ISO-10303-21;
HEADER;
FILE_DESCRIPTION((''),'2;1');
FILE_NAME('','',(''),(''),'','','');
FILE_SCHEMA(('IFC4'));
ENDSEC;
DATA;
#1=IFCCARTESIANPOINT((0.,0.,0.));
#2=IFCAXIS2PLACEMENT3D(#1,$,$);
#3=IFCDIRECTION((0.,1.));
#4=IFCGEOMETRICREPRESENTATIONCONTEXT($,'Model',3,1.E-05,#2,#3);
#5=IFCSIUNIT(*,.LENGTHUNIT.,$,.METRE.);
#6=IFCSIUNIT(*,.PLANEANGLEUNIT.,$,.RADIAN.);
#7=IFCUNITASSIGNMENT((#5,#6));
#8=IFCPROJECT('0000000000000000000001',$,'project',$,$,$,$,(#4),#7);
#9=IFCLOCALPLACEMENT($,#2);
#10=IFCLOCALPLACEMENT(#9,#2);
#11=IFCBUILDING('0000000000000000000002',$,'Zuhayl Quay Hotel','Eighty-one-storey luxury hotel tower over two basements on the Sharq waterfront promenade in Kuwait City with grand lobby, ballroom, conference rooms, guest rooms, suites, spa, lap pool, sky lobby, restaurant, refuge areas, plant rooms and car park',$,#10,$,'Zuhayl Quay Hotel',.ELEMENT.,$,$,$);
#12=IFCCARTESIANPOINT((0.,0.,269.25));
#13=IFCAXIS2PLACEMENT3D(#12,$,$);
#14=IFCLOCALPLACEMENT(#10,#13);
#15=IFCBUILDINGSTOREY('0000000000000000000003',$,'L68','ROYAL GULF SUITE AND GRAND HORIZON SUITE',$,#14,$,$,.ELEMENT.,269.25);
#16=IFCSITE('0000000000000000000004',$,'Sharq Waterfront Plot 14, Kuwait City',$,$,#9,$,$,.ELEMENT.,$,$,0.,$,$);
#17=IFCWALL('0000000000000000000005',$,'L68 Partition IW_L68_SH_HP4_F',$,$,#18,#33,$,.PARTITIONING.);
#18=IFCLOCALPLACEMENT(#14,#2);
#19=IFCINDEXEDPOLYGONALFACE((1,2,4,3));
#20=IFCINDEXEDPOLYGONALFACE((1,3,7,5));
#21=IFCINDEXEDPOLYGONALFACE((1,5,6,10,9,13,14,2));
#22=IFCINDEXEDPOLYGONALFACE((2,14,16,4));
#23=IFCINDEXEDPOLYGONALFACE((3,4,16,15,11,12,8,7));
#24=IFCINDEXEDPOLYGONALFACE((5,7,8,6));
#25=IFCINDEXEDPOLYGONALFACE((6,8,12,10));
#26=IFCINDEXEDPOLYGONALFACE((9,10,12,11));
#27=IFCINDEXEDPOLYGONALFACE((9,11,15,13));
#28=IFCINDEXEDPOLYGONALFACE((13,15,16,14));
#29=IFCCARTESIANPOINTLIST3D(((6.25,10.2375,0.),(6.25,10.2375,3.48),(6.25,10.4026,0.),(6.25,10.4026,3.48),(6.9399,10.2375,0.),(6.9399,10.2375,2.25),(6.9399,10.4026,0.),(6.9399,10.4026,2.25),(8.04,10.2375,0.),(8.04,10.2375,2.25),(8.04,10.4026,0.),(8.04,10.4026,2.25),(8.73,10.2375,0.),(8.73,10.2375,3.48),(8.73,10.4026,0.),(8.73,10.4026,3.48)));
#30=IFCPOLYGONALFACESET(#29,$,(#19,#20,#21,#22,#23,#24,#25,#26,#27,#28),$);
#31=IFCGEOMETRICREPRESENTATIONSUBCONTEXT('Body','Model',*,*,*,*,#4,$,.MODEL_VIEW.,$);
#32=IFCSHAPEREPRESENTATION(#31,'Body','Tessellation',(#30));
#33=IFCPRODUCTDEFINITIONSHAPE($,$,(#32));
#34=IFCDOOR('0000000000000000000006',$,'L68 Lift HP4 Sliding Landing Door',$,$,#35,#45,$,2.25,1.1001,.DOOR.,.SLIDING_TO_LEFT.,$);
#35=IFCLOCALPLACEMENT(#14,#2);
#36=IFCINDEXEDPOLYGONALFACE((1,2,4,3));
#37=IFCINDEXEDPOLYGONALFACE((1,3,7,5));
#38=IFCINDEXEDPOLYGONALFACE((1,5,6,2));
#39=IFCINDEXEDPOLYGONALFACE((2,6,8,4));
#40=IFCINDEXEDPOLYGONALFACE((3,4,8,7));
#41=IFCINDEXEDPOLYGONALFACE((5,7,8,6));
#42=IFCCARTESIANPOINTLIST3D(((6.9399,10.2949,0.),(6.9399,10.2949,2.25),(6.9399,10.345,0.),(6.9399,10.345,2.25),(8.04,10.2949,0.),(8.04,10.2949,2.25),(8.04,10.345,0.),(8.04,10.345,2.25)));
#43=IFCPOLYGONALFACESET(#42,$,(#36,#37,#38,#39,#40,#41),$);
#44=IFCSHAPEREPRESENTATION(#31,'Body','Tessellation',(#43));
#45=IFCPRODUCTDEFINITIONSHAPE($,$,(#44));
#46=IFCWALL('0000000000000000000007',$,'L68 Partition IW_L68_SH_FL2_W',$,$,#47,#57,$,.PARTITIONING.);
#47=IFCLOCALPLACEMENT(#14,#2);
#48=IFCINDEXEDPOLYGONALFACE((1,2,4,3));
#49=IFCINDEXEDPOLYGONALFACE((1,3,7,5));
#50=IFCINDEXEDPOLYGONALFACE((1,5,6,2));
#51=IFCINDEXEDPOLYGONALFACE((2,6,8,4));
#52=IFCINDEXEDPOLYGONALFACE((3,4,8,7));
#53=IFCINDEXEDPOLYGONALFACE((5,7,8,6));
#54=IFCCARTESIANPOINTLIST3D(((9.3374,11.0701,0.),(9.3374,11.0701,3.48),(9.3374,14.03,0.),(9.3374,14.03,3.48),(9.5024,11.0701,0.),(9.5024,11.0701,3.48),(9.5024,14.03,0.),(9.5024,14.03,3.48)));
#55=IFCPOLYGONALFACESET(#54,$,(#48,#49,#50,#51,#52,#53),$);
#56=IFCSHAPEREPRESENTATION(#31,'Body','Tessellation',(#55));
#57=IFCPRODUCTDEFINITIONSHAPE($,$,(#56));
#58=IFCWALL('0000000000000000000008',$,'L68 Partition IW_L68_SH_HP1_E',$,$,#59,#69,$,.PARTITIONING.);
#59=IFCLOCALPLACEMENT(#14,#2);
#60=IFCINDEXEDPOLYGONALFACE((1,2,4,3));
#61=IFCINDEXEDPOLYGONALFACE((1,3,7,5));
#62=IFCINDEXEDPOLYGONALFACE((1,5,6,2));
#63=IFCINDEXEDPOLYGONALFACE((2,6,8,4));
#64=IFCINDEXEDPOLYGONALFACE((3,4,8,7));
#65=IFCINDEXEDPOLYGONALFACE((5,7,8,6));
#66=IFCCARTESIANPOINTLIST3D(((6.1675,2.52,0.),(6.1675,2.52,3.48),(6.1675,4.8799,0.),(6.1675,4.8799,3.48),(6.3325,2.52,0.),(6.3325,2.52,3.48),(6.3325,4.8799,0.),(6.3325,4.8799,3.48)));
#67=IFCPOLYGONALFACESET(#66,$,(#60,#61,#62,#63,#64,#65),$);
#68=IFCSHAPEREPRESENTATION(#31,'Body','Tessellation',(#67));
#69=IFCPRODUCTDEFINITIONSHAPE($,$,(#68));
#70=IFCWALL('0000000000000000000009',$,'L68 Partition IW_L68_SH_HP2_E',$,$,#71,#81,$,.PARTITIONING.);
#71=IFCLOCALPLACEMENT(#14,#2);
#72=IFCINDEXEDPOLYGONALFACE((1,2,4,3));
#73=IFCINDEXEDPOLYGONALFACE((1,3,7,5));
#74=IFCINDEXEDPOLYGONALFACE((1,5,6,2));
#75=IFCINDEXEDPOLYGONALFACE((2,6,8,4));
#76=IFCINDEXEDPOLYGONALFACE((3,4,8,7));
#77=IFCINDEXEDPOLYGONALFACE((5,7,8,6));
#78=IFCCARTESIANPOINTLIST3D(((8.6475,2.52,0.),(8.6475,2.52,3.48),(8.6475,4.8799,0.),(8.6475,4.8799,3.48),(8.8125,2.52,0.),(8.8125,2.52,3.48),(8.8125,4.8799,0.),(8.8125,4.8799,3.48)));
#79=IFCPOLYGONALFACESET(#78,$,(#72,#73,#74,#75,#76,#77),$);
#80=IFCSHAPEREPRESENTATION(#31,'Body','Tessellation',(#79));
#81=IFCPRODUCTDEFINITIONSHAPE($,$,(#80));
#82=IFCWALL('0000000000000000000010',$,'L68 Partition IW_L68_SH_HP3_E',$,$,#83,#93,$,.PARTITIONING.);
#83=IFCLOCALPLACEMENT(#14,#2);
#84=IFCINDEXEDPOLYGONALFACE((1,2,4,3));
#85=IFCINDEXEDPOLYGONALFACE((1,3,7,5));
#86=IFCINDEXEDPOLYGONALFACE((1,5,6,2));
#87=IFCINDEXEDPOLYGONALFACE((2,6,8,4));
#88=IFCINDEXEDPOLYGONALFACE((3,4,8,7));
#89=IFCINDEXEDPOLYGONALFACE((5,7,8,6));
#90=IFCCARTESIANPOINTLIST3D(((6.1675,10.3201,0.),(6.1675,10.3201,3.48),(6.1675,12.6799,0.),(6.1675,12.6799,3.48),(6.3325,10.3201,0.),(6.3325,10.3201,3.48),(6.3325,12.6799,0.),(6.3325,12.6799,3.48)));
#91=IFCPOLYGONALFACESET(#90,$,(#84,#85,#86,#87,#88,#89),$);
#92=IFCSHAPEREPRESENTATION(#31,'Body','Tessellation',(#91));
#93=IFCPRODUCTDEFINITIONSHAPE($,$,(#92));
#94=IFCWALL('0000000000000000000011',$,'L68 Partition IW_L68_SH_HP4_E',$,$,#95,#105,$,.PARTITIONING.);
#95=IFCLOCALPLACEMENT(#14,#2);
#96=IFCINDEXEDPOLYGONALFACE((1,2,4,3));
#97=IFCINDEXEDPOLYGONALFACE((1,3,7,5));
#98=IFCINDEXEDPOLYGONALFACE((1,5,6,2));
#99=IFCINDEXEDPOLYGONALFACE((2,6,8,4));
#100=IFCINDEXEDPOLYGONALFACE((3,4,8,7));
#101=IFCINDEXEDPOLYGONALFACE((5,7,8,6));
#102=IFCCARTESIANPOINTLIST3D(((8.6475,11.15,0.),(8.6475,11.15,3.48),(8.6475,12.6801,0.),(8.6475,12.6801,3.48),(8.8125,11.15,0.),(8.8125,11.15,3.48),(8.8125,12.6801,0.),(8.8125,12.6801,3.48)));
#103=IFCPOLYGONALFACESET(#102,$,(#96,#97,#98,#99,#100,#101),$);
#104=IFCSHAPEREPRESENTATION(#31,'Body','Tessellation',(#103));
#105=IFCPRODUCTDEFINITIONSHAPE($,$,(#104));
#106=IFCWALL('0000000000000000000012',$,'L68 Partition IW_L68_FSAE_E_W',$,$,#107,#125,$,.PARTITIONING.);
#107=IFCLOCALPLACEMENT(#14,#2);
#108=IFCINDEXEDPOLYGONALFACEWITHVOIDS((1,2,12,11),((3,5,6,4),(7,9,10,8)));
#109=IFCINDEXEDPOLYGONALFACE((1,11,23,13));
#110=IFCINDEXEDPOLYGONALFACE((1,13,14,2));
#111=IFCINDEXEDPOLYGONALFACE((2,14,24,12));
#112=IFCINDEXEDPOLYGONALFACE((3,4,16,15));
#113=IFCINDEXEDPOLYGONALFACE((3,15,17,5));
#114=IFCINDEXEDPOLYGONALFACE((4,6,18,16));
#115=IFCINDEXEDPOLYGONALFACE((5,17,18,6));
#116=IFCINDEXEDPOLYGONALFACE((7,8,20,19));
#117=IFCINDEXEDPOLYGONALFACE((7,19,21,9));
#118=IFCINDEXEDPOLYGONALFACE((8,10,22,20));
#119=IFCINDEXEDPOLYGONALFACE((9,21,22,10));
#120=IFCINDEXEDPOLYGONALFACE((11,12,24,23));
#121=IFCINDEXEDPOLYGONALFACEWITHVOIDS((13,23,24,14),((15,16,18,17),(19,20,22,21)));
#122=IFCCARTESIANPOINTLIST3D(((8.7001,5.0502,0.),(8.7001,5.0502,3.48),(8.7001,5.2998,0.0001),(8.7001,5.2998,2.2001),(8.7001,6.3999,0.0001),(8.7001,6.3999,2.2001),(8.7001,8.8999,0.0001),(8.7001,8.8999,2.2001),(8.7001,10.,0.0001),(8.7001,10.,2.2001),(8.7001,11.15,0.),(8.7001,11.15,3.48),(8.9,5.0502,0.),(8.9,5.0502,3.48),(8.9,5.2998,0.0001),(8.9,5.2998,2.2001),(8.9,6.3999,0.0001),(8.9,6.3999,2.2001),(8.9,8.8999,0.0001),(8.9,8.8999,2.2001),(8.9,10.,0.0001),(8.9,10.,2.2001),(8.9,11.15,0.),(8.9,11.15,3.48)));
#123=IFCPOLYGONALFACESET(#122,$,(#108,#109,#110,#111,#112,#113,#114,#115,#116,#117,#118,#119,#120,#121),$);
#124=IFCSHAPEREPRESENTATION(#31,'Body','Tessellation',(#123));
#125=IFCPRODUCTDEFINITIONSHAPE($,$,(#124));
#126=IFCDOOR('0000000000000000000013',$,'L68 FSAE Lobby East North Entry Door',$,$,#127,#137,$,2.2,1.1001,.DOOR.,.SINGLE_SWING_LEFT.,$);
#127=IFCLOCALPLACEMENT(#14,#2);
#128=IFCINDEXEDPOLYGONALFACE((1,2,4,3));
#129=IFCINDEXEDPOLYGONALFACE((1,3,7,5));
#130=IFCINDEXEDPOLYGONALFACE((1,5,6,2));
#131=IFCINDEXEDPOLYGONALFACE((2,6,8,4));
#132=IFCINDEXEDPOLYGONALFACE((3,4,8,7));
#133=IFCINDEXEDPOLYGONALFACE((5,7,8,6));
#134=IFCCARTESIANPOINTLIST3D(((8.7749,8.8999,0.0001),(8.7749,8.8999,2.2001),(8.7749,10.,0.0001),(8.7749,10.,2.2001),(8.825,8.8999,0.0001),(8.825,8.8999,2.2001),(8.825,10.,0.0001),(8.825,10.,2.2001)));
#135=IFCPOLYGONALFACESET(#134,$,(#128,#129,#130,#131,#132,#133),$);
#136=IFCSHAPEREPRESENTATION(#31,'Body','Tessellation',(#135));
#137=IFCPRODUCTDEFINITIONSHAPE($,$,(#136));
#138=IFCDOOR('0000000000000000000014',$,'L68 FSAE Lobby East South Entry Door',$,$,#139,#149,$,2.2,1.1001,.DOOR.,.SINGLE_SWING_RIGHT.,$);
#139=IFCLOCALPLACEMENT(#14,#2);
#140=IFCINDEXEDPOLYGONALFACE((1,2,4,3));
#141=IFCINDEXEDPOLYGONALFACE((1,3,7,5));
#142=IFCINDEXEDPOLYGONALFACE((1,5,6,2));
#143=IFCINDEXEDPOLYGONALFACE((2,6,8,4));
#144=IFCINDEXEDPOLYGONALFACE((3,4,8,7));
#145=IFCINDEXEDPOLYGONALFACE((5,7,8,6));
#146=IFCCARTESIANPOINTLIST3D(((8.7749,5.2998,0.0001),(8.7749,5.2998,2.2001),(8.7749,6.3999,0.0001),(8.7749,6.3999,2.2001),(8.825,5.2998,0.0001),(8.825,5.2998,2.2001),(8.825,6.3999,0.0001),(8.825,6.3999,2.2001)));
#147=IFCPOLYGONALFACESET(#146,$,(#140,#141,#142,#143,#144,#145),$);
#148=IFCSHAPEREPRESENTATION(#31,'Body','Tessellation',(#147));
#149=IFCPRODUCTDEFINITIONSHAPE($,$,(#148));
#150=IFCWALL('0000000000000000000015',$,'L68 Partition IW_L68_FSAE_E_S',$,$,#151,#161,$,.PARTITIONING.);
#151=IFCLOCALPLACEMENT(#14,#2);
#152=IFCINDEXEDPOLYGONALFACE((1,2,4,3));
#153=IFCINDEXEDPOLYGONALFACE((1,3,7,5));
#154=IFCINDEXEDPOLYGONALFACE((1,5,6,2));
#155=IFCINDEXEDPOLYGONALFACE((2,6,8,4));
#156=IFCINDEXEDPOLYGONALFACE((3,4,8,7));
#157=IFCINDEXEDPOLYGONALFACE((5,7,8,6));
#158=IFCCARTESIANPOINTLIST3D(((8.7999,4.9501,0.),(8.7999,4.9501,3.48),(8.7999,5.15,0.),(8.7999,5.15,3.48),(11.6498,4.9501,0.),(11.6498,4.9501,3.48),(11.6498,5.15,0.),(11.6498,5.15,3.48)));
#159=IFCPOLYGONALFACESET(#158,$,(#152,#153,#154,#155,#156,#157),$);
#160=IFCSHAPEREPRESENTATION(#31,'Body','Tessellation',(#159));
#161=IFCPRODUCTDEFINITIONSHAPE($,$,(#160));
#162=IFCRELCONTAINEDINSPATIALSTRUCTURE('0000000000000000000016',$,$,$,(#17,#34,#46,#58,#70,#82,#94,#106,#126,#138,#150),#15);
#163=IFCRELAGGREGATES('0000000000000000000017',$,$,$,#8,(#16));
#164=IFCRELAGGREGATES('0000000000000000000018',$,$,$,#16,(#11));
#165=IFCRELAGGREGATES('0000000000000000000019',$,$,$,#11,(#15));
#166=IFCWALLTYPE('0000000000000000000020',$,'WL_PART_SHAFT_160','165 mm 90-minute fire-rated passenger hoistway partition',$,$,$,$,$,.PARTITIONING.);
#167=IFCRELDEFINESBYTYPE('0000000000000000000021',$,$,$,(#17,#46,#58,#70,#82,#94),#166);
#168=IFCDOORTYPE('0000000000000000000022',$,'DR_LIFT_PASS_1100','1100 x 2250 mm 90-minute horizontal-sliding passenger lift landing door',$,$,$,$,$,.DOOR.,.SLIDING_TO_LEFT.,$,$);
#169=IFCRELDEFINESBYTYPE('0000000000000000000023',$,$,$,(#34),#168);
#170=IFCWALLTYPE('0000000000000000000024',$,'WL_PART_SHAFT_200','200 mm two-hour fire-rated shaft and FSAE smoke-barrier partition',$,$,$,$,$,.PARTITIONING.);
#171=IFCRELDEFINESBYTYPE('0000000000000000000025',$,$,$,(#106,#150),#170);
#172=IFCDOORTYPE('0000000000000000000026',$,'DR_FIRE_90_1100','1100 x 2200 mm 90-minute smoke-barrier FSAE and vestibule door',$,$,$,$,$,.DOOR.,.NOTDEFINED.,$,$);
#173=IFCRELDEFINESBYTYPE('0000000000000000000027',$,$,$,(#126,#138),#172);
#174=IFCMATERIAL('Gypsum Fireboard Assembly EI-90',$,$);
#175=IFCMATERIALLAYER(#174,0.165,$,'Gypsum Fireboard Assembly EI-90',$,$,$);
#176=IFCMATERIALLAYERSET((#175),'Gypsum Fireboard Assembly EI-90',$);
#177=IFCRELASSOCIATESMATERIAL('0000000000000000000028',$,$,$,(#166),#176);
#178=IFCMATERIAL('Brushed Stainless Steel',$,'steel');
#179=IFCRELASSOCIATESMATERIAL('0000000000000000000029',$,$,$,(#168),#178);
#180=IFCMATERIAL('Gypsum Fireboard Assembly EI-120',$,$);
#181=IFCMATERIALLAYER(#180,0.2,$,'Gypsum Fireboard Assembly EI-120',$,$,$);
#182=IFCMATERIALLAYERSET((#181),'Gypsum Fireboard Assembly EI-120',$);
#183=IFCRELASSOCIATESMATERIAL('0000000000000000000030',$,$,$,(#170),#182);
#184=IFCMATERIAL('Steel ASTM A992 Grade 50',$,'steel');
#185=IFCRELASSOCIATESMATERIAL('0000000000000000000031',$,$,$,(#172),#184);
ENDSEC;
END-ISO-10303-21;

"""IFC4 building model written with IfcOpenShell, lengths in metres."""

from ifc_helpers import new_model, si_unit, direction, frame, frame_2d, origin, place, context, subcontext, project, spatial, rectangle, extrude, material, layer, layer_set, type_object, element, fill, save


model = new_model("IFC4")

# Units and contexts
model_context = context("Model", 3, precision=1e-05, world=origin(), true_north=direction((0.0, 1.0)))
body_context = subcontext(model_context, "Body", "Model", "MODEL_VIEW")
ifc_project = project(units=[si_unit("LENGTHUNIT", "METRE"), si_unit("PLANEANGLEUNIT", "RADIAN")], contexts=[model_context])

# Site, building, storey
site_placement = place(None, origin())
site = spatial("IfcSite", under=ifc_project, at=site_placement, Name="Sharq Waterfront Plot 14, Kuwait City", CompositionType="ELEMENT", RefElevation=0.0)
building_placement = place(site_placement, origin())
building = spatial("IfcBuilding", under=site, at=building_placement, Name="Zuhayl Quay Hotel", Description="Eighty-one-storey luxury hotel tower over two basements on the Sharq waterfront promenade in Kuwait City with grand lobby, ballroom, conference rooms, guest rooms, suites, spa, lap pool, sky lobby, restaurant, refuge areas, plant rooms and car park", LongName="Zuhayl Quay Hotel", CompositionType="ELEMENT")
storey_placement = place(building_placement, frame((0.0, 0.0, 269.25)))
storey = spatial("IfcBuildingStorey", under=building, at=storey_placement, Name="L68", Description="ROYAL GULF SUITE AND GRAND HORIZON SUITE", CompositionType="ELEMENT", Elevation=269.25)

# Shared definitions
ifc_material_1 = material(Name="Steel ASTM A992 Grade 50", Category="steel")

# Wall, opening, door
ifc_material_2 = material(Name="Gypsum Fireboard Assembly EI-90")
ifc_layer_1 = layer(ifc_material_2, 0.165, Name="Gypsum Fireboard Assembly EI-90")
ifc_layer_set_1 = layer_set([ifc_layer_1], Name="Gypsum Fireboard Assembly EI-90")
wall_type_1 = type_object("IfcWallType", Name="WL_PART_SHAFT_160", Description="165 mm 90-minute fire-rated passenger hoistway partition", PredefinedType="PARTITIONING", material=ifc_layer_set_1)
ifc_material_3 = material(Name="Brushed Stainless Steel", Category="steel")
door_type_1 = type_object("IfcDoorType", Name="DR_LIFT_PASS_1100", Description="1100 x 2250 mm 90-minute horizontal-sliding passenger lift landing door", OperationType="SLIDING_TO_LEFT", PredefinedType="DOOR", material=ifc_material_3)
wall_1_placement = place(storey_placement, frame((6.25, 10.3201, 0.0), z_axis=(0.0, 0.0, 1.0), x_axis=(1.0, 0.0, 0.0)))
wall_1 = element("IfcWall", 1, at=wall_1_placement, inside=storey, type_object=wall_type_1, Name="L68 Partition IW_L68_SH_HP4_F", PredefinedType="PARTITIONING", context=body_context, shape_type="SweptSolid", body=[
    extrude(rectangle(XDim=2.48, YDim=0.165, at=frame_2d((1.24, 0.0))), origin(), (0.0, 0.0, 1.0), 3.48),
])
opening_1_placement = place(wall_1_placement, frame((0.6899, 0.0, 0.0)))
opening_1 = element("IfcOpeningElement", 2, at=opening_1_placement, cuts=wall_1, PredefinedType="OPENING", context=body_context, shape_type="SweptSolid", body=[
    extrude(rectangle(XDim=1.1001, YDim=2.25, at=frame_2d((0.55, 1.125))), frame((0.0, 0.0925, 0.0), z_axis=(0.0, -1.0, 0.0), x_axis=(1.0, 0.0, 0.0)), (0.0, 0.0, 1.0), 0.1851),
])
door_1_placement = place(opening_1_placement, origin())
door_1 = element("IfcDoor", 3, at=door_1_placement, inside=storey, type_object=door_type_1, Name="L68 Lift HP4 Sliding Landing Door", OperationType="SLIDING_TO_LEFT", OverallHeight=2.25, OverallWidth=1.1001, PredefinedType="DOOR", context=body_context, shape_type="SweptSolid", body=[
    extrude(rectangle(XDim=1.1001, YDim=2.25, at=frame_2d((0.55, 1.125))), frame((0.0, 0.0249, 0.0), z_axis=(0.0, -1.0, 0.0), x_axis=(1.0, 0.0, 0.0)), (0.0, 0.0, 1.0), 0.05),
])
fill(opening_1, door_1)

# Walls
wall_2_placement = place(storey_placement, frame((9.4199, 11.0701, 0.0), z_axis=(0.0, 0.0, 1.0), x_axis=(0.0, 1.0, 0.0)))
element("IfcWall", 4, at=wall_2_placement, inside=storey, type_object=wall_type_1, Name="L68 Partition IW_L68_SH_FL2_W", PredefinedType="PARTITIONING", context=body_context, shape_type="SweptSolid", body=[
    extrude(rectangle(XDim=2.96, YDim=0.165, at=frame_2d((1.48, 0.0))), origin(), (0.0, 0.0, 1.0), 3.48),
])
for number, where, z_axis, x_axis, name in (
    (5, (6.25, 2.52, 0.0), (0.0, 0.0, 1.0), (0.0, 1.0, 0.0), "L68 Partition IW_L68_SH_HP1_E"),
    (6, (8.73, 2.52, 0.0), (0.0, 0.0, 1.0), (0.0, 1.0, 0.0), "L68 Partition IW_L68_SH_HP2_E"),
    (7, (6.25, 10.3201, 0.0), (0.0, 0.0, 1.0), (0.0, 1.0, 0.0), "L68 Partition IW_L68_SH_HP3_E"),
):
    element("IfcWall", number, at=place(storey_placement, frame(where, z_axis=z_axis, x_axis=x_axis)), inside=storey, type_object=wall_type_1, Name=name, PredefinedType="PARTITIONING", context=body_context, shape_type="SweptSolid", body=[
        extrude(rectangle(XDim=2.3599, YDim=0.165, at=frame_2d((1.1799, 0.0))), origin(), (0.0, 0.0, 1.0), 3.48),
    ])
wall_3_placement = place(storey_placement, frame((8.73, 11.1499, 0.0), z_axis=(0.0, 0.0, 1.0), x_axis=(0.0, 1.0, 0.0)))
element("IfcWall", 8, at=wall_3_placement, inside=storey, type_object=wall_type_1, Name="L68 Partition IW_L68_SH_HP4_E", PredefinedType="PARTITIONING", context=body_context, shape_type="SweptSolid", body=[
    extrude(rectangle(XDim=1.53, YDim=0.165, at=frame_2d((0.7651, 0.0))), origin(), (0.0, 0.0, 1.0), 3.48),
])

# Wall, openings, doors
ifc_material_4 = material(Name="Gypsum Fireboard Assembly EI-120")
ifc_layer_2 = layer(ifc_material_4, 0.2, Name="Gypsum Fireboard Assembly EI-120")
ifc_layer_set_2 = layer_set([ifc_layer_2], Name="Gypsum Fireboard Assembly EI-120")
wall_type_2 = type_object("IfcWallType", Name="WL_PART_SHAFT_200", Description="200 mm two-hour fire-rated shaft and FSAE smoke-barrier partition", PredefinedType="PARTITIONING", material=ifc_layer_set_2)
wall_4_placement = place(storey_placement, frame((8.8, 11.1499, 0.0), z_axis=(0.0, 0.0, 1.0), x_axis=(0.0, -1.0, 0.0)))
wall_4 = element("IfcWall", 9, at=wall_4_placement, inside=storey, type_object=wall_type_2, Name="L68 Partition IW_L68_FSAE_E_W", PredefinedType="PARTITIONING", context=body_context, shape_type="SweptSolid", body=[
    extrude(rectangle(XDim=6.0999, YDim=0.2, at=frame_2d((3.0498, 0.0))), origin(), (0.0, 0.0, 1.0), 3.48),
])
opening_2_placement = place(wall_4_placement, frame((1.1499, 0.0, 0.0)))
opening_2 = element("IfcOpeningElement", 10, at=opening_2_placement, cuts=wall_4, PredefinedType="OPENING", context=body_context, shape_type="SweptSolid", body=[
    extrude(rectangle(XDim=1.1001, YDim=2.2, at=frame_2d((0.55, 1.1001))), frame((0.0, 0.1099, 0.0), z_axis=(0.0, -1.0, 0.0), x_axis=(1.0, 0.0, 0.0)), (0.0, 0.0, 1.0), 0.22),
])
opening_3_placement = place(wall_4_placement, frame((4.75, 0.0, 0.0)))
opening_3 = element("IfcOpeningElement", 11, at=opening_3_placement, cuts=wall_4, PredefinedType="OPENING", context=body_context, shape_type="SweptSolid", body=[
    extrude(rectangle(XDim=1.1001, YDim=2.2, at=frame_2d((0.55, 1.1001))), frame((0.0, 0.1099, 0.0), z_axis=(0.0, -1.0, 0.0), x_axis=(1.0, 0.0, 0.0)), (0.0, 0.0, 1.0), 0.22),
])
door_type_2 = type_object("IfcDoorType", Name="DR_FIRE_90_1100", Description="1100 x 2200 mm 90-minute smoke-barrier FSAE and vestibule door", OperationType="NOTDEFINED", PredefinedType="DOOR", material=ifc_material_1)
door_2_placement = place(opening_2_placement, origin())
door_2 = element("IfcDoor", 12, at=door_2_placement, inside=storey, type_object=door_type_2, Name="L68 FSAE Lobby East North Entry Door", OperationType="SINGLE_SWING_LEFT", OverallHeight=2.2, OverallWidth=1.1001, PredefinedType="DOOR", context=body_context, shape_type="SweptSolid", body=[
    extrude(rectangle(XDim=1.1001, YDim=2.2, at=frame_2d((0.55, 1.1001))), frame((0.0, 0.0249, 0.0), z_axis=(0.0, -1.0, 0.0), x_axis=(1.0, 0.0, 0.0)), (0.0, 0.0, 1.0), 0.05),
])
fill(opening_2, door_2)
door_3_placement = place(opening_3_placement, origin())
door_3 = element("IfcDoor", 13, at=door_3_placement, inside=storey, type_object=door_type_2, Name="L68 FSAE Lobby East South Entry Door", OperationType="SINGLE_SWING_RIGHT", OverallHeight=2.2, OverallWidth=1.1001, PredefinedType="DOOR", context=body_context, shape_type="SweptSolid", body=[
    extrude(rectangle(XDim=1.1001, YDim=2.2, at=frame_2d((0.55, 1.1001))), frame((0.0, 0.0249, 0.0), z_axis=(0.0, -1.0, 0.0), x_axis=(1.0, 0.0, 0.0)), (0.0, 0.0, 1.0), 0.05),
])
fill(opening_3, door_3)

# Wall
wall_5_placement = place(storey_placement, frame((8.8, 5.05, 0.0), z_axis=(0.0, 0.0, 1.0), x_axis=(1.0, 0.0, 0.0)))
element("IfcWall", 14, at=wall_5_placement, inside=storey, type_object=wall_type_2, Name="L68 Partition IW_L68_FSAE_E_S", PredefinedType="PARTITIONING", context=body_context, shape_type="SweptSolid", body=[
    extrude(rectangle(XDim=2.8499, YDim=0.2, at=frame_2d((1.4248, 0.0))), origin(), (0.0, 0.0, 1.0), 3.48),
])

save(model, "model.ifc")
